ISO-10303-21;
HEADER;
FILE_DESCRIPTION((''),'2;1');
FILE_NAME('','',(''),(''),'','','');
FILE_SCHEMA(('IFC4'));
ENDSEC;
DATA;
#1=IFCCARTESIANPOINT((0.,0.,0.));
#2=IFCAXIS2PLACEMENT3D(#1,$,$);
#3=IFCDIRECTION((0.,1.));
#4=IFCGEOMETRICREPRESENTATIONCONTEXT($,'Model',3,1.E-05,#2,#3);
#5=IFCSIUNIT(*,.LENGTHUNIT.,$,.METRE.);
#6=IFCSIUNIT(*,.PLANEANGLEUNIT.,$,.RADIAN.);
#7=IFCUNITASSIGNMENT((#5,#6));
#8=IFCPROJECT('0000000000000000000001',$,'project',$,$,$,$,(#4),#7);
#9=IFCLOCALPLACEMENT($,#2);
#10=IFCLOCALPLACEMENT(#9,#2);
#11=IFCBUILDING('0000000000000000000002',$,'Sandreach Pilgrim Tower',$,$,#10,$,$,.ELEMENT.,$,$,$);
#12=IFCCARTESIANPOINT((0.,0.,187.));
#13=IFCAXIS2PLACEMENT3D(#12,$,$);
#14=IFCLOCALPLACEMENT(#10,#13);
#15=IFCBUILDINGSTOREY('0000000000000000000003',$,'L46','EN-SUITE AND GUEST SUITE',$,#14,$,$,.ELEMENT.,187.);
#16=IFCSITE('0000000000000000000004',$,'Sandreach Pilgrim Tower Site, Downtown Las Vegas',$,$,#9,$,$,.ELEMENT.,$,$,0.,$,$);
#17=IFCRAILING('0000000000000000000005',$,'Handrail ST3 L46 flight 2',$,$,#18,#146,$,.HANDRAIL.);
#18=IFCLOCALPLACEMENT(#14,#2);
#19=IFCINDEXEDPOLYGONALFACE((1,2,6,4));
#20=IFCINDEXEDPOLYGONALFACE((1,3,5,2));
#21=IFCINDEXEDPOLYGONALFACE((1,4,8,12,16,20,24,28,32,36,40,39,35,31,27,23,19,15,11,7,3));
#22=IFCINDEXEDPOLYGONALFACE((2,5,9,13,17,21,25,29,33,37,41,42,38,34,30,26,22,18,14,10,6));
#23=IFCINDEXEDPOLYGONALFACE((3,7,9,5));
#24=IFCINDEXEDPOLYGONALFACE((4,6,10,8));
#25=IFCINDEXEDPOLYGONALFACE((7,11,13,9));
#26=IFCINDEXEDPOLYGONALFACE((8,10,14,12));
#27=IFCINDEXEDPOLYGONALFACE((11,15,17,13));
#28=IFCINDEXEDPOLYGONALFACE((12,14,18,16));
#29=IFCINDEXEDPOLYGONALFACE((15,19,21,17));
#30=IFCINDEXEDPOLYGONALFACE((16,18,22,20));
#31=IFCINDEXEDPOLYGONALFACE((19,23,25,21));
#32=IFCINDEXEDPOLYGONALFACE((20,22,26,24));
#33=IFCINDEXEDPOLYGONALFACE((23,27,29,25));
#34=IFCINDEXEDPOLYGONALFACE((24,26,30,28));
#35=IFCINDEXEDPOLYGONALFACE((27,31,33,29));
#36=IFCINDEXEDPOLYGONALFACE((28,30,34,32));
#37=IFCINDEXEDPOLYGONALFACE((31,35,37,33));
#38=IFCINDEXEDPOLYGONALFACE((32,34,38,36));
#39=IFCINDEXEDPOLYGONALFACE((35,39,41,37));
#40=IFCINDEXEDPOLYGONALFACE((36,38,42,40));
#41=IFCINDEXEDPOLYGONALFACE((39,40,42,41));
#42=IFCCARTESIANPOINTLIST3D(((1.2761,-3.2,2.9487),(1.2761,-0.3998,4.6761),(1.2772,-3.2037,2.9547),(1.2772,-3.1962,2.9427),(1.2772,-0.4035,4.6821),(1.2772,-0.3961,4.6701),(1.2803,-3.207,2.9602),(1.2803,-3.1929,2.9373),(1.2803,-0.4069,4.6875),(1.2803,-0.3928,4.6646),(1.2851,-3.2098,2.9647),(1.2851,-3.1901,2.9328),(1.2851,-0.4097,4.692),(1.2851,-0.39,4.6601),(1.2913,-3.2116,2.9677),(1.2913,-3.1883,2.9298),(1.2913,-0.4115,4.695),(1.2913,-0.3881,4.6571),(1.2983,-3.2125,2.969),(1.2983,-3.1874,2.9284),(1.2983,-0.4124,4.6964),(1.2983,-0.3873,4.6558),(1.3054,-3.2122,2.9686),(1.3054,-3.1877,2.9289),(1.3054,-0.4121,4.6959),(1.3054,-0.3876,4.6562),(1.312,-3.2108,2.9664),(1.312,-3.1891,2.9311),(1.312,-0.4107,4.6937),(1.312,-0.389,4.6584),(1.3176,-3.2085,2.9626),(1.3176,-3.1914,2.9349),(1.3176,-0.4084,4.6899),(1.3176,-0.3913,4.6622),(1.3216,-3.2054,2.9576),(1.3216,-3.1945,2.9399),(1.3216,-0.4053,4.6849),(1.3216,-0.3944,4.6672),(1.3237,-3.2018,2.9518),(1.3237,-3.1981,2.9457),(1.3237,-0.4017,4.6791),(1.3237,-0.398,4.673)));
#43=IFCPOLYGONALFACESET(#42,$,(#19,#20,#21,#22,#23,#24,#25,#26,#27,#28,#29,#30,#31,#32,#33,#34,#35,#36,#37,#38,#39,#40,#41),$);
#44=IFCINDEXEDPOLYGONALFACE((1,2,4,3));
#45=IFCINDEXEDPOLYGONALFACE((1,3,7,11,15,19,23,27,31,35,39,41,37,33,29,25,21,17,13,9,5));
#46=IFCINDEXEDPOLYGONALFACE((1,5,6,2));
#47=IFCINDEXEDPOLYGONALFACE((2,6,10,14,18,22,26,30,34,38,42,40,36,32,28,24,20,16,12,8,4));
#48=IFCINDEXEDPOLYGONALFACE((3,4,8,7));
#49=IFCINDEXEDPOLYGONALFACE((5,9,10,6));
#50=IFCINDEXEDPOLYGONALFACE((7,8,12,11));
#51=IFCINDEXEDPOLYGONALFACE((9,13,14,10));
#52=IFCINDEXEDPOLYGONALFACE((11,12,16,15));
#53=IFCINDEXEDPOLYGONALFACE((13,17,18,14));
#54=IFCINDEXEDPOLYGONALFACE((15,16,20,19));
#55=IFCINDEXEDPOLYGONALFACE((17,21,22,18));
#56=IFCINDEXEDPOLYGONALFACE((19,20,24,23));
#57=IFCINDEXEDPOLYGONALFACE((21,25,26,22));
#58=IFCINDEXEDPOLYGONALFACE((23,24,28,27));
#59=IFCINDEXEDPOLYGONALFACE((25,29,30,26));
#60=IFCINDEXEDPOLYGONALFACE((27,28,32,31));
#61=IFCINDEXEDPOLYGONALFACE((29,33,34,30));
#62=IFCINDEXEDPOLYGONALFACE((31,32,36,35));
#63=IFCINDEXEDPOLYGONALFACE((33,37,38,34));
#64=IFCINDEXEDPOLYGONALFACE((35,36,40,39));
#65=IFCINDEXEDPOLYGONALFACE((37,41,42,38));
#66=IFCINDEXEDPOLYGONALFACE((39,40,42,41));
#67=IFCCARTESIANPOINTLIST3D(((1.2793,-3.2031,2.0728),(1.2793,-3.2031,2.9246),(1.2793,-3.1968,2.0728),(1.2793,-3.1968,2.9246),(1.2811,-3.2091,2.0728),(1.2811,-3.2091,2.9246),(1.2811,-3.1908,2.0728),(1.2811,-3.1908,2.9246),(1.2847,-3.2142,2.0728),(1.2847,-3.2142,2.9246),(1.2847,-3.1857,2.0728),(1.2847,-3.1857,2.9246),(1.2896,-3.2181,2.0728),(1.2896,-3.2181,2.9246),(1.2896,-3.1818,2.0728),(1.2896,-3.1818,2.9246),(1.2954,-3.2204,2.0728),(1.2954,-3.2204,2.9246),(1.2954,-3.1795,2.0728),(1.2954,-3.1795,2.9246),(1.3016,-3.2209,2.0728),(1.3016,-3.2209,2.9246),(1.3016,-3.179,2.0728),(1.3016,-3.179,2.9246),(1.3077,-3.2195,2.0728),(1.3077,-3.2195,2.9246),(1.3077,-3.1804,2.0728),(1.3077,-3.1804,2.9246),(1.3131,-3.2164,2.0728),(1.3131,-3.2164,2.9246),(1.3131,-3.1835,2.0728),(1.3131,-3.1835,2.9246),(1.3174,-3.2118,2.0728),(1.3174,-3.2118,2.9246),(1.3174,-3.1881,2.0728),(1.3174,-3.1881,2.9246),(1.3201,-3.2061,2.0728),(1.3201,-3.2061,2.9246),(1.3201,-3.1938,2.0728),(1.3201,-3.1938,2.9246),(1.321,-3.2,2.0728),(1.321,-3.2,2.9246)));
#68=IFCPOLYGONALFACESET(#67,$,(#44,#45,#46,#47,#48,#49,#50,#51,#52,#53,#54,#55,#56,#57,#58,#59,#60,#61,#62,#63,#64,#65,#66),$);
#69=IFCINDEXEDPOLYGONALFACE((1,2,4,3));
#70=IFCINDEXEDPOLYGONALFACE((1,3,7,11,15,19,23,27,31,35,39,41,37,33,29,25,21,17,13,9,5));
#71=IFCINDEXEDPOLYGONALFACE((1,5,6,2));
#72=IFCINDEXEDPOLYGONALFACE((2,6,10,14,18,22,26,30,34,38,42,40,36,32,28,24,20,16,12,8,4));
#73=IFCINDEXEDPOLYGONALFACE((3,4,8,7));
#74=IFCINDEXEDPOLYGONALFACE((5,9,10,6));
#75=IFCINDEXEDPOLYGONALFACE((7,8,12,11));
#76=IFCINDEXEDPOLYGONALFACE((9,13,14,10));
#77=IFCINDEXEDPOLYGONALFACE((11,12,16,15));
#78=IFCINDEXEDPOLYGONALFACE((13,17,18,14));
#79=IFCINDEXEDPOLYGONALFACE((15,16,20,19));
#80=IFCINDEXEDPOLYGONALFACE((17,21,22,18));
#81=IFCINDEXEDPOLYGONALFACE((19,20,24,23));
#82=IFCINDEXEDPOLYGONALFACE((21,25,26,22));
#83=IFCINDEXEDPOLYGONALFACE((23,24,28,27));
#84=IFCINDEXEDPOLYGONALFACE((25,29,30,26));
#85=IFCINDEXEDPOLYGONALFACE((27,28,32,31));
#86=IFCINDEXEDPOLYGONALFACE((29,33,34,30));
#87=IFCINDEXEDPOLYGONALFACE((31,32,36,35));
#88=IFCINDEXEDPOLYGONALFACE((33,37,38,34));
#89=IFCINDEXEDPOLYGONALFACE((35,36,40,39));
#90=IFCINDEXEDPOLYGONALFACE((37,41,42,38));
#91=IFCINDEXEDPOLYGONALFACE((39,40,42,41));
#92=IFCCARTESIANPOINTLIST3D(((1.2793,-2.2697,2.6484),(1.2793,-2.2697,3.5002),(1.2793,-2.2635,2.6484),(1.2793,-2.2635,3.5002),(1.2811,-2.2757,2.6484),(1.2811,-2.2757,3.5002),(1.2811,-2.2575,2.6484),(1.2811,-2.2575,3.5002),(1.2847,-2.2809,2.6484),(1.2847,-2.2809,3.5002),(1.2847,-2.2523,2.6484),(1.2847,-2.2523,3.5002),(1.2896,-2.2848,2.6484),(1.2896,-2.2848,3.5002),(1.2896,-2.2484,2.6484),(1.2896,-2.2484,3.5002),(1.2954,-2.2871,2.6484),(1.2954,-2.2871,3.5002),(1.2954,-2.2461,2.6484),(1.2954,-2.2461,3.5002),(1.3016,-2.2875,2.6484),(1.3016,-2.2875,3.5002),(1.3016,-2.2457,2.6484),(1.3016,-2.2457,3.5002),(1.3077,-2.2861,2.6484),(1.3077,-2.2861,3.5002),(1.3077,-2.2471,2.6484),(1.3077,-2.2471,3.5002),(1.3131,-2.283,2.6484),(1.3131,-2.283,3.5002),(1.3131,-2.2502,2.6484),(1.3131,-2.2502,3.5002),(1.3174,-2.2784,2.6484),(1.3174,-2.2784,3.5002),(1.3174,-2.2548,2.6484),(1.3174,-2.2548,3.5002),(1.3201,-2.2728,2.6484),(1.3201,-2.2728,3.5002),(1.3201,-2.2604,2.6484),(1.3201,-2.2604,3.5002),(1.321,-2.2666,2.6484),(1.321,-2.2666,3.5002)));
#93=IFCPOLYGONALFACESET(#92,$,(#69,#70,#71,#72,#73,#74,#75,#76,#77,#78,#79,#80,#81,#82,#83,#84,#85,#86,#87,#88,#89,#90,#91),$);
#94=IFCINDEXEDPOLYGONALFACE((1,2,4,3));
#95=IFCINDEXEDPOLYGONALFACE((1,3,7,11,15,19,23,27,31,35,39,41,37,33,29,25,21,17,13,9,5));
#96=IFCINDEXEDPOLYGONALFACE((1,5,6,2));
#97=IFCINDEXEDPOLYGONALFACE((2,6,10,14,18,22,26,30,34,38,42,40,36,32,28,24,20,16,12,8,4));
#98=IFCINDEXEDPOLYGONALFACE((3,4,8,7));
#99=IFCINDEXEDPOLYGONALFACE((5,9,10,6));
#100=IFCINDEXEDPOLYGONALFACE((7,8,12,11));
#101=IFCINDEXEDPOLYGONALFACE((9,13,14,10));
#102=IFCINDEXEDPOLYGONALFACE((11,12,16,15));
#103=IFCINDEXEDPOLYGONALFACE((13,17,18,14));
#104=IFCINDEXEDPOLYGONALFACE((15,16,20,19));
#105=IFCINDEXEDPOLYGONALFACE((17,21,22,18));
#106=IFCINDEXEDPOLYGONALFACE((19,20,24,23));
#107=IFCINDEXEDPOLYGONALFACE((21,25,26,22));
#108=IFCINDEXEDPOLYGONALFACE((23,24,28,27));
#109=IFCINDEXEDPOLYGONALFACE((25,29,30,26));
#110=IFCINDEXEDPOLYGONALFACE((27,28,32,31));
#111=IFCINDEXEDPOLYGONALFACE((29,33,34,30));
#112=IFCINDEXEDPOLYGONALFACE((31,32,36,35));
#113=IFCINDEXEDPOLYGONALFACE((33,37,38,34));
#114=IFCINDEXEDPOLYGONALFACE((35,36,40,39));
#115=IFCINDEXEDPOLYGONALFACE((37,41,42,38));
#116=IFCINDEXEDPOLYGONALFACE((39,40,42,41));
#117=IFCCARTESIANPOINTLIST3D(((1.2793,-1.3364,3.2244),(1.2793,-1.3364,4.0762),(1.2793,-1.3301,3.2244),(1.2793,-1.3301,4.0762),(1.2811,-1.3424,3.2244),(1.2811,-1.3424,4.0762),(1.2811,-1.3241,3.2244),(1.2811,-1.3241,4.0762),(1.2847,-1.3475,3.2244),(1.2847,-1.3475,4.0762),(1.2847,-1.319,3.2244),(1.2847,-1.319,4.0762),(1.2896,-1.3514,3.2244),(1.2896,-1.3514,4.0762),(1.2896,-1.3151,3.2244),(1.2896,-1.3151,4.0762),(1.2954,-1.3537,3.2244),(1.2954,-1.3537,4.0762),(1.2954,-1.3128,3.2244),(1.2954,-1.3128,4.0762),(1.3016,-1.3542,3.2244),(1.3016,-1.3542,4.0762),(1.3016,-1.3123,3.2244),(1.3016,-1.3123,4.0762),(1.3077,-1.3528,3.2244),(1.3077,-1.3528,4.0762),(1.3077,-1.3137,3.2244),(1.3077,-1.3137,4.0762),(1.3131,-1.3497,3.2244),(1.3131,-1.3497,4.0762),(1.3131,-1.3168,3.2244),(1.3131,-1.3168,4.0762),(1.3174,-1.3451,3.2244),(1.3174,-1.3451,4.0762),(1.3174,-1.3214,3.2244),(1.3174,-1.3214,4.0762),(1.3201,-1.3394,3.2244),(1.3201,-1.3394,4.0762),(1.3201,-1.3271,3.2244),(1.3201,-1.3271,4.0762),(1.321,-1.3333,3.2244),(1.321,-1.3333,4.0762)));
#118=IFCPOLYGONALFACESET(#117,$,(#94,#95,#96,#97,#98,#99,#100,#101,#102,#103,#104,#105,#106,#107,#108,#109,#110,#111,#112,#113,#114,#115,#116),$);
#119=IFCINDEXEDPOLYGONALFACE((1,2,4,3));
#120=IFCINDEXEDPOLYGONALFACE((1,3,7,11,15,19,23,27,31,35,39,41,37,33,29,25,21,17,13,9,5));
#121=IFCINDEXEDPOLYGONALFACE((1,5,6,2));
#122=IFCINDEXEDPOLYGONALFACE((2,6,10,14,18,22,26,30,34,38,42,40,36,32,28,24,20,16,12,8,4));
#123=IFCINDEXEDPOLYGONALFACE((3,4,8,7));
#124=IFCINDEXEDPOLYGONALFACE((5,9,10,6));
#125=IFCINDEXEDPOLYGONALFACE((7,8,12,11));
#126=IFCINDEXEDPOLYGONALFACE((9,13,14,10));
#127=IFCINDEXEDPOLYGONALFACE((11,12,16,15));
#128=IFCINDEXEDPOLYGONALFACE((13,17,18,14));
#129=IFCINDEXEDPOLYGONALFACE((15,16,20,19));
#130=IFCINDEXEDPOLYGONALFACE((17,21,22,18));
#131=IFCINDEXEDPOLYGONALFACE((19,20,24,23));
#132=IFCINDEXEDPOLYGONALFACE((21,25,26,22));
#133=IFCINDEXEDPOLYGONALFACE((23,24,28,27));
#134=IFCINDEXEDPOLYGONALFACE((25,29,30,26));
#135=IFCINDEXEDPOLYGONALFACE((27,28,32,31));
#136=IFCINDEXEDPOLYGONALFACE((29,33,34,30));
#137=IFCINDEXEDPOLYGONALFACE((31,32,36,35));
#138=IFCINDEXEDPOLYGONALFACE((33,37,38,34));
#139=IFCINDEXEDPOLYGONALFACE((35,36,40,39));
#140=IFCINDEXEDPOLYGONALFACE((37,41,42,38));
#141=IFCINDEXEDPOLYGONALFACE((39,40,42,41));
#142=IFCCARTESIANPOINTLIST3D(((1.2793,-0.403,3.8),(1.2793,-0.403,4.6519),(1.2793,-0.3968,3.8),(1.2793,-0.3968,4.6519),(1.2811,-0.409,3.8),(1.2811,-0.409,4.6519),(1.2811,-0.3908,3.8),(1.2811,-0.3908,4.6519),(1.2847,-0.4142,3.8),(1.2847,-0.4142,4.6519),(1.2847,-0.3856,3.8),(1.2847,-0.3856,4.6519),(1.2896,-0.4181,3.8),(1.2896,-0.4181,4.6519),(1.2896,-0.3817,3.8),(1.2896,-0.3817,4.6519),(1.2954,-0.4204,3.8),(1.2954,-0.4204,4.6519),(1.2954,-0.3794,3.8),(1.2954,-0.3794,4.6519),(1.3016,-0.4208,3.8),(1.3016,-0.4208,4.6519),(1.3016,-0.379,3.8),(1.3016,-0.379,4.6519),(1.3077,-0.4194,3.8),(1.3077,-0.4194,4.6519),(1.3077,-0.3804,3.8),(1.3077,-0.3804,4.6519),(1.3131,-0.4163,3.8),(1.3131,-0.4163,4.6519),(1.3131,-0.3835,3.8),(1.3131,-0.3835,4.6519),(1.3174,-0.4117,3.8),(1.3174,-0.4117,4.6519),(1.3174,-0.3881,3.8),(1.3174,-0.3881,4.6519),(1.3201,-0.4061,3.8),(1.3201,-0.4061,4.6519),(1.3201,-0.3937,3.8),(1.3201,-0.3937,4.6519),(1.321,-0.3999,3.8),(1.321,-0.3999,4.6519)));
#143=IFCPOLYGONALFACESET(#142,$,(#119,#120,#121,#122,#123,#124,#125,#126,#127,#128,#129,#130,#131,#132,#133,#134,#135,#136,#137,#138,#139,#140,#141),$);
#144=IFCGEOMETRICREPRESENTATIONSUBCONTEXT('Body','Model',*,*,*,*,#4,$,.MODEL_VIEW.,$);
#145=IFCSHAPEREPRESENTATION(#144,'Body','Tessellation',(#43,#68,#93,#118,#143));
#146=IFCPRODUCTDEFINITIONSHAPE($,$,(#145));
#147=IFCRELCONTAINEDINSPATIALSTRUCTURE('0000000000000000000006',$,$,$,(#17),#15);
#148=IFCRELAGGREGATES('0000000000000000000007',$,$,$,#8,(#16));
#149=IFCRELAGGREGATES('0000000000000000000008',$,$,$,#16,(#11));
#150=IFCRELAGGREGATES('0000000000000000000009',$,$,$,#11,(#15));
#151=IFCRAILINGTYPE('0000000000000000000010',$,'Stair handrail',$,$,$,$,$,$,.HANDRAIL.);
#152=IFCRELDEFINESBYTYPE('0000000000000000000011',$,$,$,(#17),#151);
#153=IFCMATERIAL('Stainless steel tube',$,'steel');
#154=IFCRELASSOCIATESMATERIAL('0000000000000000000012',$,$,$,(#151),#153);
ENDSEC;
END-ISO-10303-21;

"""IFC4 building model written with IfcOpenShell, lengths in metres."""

from ifc_helpers import new_model, si_unit, direction, frame, origin, origin_2d, place, context, subcontext, project, spatial, circle, extrude, material, type_object, element, save


model = new_model("IFC4")

# Units and contexts
model_context = context("Model", 3, precision=1e-05, world=origin(), true_north=direction((0.0, 1.0)))
body_context = subcontext(model_context, "Body", "Model", "MODEL_VIEW")
ifc_project = project(units=[si_unit("LENGTHUNIT", "METRE"), si_unit("PLANEANGLEUNIT", "RADIAN")], contexts=[model_context])

# Site, building, storey
site_placement = place(None, origin())
site = spatial("IfcSite", under=ifc_project, at=site_placement, Name="Sandreach Pilgrim Tower Site, Downtown Las Vegas", CompositionType="ELEMENT", RefElevation=0.0)
building_placement = place(site_placement, origin())
building = spatial("IfcBuilding", under=site, at=building_placement, Name="Sandreach Pilgrim Tower", CompositionType="ELEMENT")
storey_placement = place(building_placement, frame((0.0, 0.0, 187.0)))
storey = spatial("IfcBuildingStorey", under=building, at=storey_placement, Name="L46", Description="EN-SUITE AND GUEST SUITE", CompositionType="ELEMENT", Elevation=187.0)

# Railing
ifc_material_1 = material(Name="Stainless steel tube", Category="steel")
railing_type = type_object("IfcRailingType", Name="Stair handrail", PredefinedType="HANDRAIL", material=ifc_material_1)
for number, where, name in (
    (1, (1.3, -3.2, 2.0728), "Handrail ST3 L46 flight 2"),
):
    element("IfcRailing", number, at=place(storey_placement, frame(where)), inside=storey, type_object=railing_type, Name=name, PredefinedType="HANDRAIL", context=body_context, shape_type="SweptSolid", body=[
        extrude(circle(Radius=0.0239, at=origin_2d()), frame((0.0, 0.0, 0.876), z_axis=(0.0, 0.85109, 0.52502), x_axis=(-1.0, 0.0, 0.0)), (0.0, 0.0, 1.0), 3.29),
        extrude(circle(Radius=0.021, at=origin_2d()), origin(), (0.0, 0.0, 1.0), 0.8518),
        extrude(circle(Radius=0.021, at=origin_2d()), frame((0.0, 0.9333, 0.5757)), (0.0, 0.0, 1.0), 0.8518),
        extrude(circle(Radius=0.021, at=origin_2d()), frame((0.0, 1.8667, 1.1516)), (0.0, 0.0, 1.0), 0.8518),
        extrude(circle(Radius=0.021, at=origin_2d()), frame((0.0, 2.8, 1.7273)), (0.0, 0.0, 1.0), 0.8518),
    ])

save(model, "model.ifc")
